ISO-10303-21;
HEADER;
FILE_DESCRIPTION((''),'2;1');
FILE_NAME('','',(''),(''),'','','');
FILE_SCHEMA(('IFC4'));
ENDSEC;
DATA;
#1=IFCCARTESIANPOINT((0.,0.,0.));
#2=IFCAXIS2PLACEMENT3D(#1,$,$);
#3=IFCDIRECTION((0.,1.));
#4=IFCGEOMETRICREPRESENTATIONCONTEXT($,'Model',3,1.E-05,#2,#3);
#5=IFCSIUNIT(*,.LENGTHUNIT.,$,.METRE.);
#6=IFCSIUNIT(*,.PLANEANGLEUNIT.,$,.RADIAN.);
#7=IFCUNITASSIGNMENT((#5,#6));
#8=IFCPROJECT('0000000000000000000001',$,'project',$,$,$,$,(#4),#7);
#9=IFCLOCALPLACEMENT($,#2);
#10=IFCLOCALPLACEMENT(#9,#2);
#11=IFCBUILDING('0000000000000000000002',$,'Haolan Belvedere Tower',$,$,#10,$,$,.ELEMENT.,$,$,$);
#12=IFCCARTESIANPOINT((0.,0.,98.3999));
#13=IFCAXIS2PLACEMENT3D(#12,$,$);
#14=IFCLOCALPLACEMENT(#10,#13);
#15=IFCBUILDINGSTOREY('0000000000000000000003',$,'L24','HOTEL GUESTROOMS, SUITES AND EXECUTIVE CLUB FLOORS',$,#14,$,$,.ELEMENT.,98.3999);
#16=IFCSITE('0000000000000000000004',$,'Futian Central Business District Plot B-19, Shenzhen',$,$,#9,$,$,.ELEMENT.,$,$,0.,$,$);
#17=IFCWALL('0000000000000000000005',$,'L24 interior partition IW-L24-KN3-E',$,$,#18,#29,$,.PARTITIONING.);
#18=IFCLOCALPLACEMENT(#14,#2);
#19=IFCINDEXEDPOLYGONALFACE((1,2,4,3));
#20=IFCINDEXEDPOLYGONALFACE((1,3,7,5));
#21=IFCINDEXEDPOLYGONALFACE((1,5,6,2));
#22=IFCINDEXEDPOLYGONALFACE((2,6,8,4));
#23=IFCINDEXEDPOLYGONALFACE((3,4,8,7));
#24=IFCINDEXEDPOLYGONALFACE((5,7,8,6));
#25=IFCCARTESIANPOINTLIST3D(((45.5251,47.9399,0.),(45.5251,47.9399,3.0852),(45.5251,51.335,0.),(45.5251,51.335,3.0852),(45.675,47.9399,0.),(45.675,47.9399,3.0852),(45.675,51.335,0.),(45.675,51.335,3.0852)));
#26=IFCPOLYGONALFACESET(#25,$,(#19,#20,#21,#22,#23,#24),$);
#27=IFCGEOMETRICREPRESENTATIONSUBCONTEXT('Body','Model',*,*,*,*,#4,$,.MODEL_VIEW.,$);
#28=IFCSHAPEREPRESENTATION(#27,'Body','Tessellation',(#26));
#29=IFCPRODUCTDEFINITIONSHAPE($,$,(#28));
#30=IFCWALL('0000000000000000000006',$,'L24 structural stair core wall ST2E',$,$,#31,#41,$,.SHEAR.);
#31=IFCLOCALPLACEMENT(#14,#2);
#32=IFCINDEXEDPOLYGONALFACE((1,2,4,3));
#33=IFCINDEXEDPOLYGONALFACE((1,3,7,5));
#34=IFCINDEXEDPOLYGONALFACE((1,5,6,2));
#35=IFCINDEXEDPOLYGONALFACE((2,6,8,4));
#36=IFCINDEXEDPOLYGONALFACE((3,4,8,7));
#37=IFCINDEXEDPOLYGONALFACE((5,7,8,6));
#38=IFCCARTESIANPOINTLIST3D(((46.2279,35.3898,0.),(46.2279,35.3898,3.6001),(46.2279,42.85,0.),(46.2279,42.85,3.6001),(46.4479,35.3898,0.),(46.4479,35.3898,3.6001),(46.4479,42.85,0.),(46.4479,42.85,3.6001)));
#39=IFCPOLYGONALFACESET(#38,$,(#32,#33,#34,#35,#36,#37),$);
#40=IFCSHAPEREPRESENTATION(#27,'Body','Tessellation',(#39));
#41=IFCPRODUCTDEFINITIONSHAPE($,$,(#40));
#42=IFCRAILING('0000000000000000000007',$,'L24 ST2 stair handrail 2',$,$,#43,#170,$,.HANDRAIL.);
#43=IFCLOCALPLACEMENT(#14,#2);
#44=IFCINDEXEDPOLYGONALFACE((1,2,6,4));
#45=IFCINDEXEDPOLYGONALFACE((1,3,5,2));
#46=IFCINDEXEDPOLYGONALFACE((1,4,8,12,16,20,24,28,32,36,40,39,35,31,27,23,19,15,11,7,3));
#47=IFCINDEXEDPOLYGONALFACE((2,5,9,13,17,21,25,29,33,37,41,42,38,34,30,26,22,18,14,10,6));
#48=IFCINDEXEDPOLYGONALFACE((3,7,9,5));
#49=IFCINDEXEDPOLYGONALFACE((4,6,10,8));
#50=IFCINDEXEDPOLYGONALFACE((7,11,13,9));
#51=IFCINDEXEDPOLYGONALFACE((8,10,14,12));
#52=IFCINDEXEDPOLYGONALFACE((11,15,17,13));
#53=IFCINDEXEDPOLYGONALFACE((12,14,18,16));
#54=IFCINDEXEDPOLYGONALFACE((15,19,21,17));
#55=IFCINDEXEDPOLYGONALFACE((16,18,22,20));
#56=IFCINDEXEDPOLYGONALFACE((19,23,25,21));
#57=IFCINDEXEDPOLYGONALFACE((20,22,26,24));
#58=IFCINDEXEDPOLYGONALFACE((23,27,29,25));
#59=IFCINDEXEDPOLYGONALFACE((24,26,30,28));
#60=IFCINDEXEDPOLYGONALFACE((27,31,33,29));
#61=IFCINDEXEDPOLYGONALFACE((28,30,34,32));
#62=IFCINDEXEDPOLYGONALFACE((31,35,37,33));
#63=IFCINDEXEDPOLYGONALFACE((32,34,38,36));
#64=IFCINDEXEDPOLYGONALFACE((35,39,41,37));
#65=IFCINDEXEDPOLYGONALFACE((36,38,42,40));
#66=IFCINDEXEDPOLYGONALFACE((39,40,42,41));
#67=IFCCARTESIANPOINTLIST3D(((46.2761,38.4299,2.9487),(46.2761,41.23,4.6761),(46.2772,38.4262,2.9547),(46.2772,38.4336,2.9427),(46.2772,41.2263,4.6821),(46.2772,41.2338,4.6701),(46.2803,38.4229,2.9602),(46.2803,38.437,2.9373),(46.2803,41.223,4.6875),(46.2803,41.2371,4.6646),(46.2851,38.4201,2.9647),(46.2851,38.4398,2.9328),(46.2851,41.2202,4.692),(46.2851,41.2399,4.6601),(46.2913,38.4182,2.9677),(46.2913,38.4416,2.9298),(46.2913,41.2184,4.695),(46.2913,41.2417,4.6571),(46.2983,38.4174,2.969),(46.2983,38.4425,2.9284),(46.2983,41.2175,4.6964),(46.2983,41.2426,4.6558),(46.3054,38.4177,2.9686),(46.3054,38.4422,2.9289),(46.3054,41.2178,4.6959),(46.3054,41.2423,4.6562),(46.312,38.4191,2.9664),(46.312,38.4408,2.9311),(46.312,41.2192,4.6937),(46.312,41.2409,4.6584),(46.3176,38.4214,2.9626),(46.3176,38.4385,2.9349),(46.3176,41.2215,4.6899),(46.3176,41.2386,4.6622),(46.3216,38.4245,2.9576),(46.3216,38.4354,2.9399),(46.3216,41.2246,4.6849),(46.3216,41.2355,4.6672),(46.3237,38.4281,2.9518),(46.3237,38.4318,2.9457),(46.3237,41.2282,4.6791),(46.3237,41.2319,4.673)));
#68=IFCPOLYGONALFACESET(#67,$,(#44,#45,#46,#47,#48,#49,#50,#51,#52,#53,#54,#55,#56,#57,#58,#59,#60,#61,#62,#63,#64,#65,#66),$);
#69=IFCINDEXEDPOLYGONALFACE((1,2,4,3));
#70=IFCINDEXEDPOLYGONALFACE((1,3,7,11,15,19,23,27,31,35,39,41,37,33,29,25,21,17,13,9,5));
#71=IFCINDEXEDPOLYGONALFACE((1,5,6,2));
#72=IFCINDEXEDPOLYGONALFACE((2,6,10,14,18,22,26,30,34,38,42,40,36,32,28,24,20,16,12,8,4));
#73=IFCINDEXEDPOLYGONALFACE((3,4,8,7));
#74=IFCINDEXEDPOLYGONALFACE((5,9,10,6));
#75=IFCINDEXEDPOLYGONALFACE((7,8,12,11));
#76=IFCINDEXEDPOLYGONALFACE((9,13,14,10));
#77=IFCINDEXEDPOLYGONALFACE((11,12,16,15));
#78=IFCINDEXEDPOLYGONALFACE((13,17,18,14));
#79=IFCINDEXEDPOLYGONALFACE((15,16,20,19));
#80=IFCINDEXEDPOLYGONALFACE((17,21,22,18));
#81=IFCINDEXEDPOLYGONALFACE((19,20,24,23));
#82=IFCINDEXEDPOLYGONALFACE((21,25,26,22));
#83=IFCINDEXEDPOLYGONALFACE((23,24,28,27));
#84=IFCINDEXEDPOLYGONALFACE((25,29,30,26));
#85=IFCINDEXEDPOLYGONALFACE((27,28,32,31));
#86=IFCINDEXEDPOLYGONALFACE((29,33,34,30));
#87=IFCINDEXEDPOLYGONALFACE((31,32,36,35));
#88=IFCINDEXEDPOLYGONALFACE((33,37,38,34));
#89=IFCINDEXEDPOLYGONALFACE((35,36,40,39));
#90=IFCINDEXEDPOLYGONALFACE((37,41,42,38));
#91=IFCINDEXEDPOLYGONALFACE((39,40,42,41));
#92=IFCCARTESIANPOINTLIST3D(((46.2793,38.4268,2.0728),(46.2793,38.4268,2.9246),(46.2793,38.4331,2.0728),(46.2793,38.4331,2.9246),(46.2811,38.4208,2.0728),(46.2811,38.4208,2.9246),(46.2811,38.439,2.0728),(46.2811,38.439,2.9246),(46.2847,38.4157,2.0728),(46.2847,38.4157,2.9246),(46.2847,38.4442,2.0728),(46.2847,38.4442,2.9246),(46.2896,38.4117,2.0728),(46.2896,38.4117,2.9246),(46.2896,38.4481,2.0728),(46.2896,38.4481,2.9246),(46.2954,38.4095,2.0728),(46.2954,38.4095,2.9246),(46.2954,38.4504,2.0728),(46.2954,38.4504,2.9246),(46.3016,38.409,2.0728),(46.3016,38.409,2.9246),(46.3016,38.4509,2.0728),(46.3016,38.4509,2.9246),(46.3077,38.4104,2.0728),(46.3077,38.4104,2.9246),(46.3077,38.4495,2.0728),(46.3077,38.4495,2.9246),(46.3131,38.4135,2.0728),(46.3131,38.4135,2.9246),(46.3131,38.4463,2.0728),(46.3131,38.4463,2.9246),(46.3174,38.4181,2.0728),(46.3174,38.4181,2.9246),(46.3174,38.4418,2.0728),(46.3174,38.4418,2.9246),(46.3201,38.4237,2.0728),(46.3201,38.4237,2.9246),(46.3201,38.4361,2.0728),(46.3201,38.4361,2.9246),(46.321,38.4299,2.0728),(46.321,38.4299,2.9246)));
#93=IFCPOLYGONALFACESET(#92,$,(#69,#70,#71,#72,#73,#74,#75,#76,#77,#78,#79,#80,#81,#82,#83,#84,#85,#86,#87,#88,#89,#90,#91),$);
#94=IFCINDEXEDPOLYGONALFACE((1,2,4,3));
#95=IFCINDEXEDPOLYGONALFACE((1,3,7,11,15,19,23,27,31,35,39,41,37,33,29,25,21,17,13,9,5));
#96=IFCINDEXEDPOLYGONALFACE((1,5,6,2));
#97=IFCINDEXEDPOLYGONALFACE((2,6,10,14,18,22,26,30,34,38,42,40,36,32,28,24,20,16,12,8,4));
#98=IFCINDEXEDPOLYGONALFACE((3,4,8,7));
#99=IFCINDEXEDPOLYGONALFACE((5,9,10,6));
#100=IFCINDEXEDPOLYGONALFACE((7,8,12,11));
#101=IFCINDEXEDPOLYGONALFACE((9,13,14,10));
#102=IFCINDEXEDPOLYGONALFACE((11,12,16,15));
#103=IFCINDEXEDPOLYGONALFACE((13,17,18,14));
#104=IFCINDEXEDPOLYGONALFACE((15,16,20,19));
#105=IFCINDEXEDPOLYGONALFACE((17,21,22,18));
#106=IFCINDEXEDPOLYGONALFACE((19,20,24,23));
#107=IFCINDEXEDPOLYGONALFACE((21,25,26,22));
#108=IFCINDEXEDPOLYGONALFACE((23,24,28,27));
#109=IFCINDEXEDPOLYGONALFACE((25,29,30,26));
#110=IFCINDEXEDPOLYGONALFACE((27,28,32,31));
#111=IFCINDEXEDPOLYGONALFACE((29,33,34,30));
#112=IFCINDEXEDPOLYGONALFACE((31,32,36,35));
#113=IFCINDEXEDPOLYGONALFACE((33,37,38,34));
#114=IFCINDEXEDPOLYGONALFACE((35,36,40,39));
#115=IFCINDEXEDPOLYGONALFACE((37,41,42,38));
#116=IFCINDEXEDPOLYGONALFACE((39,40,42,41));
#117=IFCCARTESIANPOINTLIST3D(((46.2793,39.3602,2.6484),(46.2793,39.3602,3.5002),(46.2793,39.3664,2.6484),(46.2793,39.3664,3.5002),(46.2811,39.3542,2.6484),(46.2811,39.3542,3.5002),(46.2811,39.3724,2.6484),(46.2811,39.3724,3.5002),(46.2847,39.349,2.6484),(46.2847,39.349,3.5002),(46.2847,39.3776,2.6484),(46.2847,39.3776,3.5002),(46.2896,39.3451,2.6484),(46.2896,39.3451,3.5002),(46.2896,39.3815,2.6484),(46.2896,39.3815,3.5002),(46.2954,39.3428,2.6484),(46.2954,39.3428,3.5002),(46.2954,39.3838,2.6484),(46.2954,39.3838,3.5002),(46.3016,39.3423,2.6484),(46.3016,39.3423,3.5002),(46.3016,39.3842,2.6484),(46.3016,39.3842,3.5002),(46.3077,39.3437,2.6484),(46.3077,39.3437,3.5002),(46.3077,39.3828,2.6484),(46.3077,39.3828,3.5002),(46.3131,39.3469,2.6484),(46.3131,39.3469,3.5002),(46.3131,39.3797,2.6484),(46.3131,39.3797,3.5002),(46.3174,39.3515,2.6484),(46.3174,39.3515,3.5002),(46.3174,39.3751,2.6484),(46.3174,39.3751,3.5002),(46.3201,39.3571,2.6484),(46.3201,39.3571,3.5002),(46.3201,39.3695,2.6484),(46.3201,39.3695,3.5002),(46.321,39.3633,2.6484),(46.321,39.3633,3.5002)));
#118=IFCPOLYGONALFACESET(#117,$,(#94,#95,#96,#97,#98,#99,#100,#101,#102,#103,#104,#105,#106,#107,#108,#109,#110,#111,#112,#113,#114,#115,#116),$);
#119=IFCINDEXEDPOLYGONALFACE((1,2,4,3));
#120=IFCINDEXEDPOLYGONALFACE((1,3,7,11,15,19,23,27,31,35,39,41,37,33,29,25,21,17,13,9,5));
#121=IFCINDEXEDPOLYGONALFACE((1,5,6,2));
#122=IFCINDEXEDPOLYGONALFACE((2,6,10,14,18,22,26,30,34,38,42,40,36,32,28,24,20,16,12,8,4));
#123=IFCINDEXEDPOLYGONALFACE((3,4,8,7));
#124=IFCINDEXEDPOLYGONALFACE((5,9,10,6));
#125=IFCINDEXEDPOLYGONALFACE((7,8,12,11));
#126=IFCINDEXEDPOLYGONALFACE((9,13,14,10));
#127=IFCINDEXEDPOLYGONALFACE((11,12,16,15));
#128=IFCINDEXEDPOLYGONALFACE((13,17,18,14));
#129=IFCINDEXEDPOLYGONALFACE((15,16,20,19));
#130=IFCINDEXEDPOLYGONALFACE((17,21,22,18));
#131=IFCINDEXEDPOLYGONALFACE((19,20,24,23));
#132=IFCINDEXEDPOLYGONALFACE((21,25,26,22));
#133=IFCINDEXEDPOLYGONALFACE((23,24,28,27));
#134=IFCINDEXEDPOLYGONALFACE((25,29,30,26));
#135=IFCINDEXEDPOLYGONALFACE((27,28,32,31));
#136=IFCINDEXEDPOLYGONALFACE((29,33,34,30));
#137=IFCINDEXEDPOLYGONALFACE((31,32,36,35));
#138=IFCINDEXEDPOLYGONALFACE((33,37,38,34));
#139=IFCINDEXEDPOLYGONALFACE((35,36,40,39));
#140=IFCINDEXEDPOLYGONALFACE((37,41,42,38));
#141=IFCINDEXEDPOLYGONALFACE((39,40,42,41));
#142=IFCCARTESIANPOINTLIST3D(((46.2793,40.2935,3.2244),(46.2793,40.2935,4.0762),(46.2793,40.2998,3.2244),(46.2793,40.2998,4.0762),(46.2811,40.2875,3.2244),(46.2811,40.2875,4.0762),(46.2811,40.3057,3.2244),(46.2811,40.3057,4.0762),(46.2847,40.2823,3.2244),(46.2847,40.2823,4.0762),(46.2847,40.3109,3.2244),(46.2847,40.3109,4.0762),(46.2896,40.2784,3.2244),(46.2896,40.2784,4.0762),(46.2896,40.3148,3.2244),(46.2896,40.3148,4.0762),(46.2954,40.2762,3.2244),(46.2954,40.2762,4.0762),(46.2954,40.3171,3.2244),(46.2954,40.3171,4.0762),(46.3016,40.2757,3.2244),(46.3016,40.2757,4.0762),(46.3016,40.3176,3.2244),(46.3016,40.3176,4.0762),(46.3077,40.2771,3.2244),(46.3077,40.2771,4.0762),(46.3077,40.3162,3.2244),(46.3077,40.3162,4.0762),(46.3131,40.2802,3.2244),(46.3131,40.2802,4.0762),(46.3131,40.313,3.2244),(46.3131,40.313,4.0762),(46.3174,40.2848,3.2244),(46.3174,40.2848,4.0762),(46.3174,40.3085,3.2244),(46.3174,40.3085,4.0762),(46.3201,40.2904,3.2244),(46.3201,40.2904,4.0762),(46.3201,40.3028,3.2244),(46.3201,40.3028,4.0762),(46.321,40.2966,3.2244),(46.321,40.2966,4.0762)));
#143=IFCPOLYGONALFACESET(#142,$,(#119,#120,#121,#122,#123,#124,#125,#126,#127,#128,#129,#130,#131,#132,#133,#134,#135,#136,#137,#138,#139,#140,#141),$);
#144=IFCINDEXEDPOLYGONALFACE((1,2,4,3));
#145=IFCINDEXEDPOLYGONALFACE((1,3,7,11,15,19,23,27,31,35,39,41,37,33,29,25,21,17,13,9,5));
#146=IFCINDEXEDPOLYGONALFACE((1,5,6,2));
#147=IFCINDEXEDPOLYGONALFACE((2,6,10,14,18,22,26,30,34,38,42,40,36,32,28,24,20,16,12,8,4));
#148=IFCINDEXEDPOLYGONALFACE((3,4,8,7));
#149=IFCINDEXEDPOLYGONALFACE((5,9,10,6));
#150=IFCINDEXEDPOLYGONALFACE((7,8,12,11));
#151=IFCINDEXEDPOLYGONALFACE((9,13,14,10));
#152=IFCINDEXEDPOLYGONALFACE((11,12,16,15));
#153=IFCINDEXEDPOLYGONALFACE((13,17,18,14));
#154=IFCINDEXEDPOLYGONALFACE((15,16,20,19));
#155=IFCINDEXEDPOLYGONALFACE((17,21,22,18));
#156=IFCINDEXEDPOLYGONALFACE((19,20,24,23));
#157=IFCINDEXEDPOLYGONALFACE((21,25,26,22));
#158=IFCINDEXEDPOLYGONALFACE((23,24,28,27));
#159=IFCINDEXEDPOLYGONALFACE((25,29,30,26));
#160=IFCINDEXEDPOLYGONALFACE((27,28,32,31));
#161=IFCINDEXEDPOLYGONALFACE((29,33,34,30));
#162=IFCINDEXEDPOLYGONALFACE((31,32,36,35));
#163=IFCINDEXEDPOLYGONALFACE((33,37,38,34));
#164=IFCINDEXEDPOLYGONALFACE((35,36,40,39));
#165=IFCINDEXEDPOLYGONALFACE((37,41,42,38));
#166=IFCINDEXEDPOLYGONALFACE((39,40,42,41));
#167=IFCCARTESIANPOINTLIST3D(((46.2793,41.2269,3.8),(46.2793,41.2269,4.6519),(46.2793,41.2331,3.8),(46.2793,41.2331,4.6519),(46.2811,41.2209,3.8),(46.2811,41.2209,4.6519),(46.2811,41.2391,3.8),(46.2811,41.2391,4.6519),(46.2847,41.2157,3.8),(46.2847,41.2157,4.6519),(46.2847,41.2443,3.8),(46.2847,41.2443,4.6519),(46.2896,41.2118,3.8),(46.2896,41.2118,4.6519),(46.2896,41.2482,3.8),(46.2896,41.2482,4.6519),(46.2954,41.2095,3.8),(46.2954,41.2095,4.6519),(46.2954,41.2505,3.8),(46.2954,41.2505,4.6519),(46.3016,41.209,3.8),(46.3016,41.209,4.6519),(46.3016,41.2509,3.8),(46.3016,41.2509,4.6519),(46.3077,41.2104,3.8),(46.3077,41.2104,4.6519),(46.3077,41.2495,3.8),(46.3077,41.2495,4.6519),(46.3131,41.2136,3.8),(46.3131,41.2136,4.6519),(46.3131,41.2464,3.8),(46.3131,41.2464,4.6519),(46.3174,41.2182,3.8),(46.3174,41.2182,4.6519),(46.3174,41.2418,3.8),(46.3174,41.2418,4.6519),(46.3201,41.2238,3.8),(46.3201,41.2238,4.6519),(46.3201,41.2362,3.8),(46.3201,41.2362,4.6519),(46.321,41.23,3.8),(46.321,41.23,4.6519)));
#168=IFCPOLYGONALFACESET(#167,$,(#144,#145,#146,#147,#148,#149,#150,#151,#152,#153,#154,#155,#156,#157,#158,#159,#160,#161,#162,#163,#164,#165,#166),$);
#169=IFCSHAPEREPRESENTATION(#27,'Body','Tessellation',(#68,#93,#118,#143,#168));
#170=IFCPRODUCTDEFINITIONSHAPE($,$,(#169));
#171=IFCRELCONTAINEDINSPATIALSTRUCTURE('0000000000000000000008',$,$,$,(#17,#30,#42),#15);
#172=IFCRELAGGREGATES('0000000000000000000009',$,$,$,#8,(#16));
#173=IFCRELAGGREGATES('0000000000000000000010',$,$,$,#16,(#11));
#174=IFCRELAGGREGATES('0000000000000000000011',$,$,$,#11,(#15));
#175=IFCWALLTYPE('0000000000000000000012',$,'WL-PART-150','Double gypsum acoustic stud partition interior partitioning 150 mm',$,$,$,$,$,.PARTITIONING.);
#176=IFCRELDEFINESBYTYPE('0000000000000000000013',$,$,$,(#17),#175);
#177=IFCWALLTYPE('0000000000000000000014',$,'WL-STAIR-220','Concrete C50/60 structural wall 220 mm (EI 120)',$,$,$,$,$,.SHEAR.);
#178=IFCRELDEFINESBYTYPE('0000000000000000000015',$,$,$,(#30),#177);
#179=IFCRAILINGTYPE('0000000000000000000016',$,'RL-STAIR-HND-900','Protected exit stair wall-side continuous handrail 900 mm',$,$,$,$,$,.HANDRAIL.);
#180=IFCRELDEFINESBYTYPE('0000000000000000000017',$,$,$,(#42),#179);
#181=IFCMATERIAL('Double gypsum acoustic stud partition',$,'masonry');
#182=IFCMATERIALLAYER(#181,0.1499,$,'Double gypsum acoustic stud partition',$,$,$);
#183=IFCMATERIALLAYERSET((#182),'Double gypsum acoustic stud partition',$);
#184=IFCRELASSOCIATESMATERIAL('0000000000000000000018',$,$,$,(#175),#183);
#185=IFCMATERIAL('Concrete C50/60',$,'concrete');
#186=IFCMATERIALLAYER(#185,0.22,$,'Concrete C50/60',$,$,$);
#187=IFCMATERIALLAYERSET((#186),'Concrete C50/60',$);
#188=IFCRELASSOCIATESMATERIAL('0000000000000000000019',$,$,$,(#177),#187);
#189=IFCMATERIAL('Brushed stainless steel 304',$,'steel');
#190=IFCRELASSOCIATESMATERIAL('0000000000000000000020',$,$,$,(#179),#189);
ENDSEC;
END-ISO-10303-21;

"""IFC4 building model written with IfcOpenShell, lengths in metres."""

from ifc_helpers import new_model, si_unit, direction, frame, frame_2d, origin, origin_2d, place, context, subcontext, project, spatial, rectangle, circle, extrude, material, layer, layer_set, type_object, element, save


model = new_model("IFC4")

# Units and contexts
model_context = context("Model", 3, precision=1e-05, world=origin(), true_north=direction((0.0, 1.0)))
body_context = subcontext(model_context, "Body", "Model", "MODEL_VIEW")
ifc_project = project(units=[si_unit("LENGTHUNIT", "METRE"), si_unit("PLANEANGLEUNIT", "RADIAN")], contexts=[model_context])

# Site, building, storey
site_placement = place(None, origin())
site = spatial("IfcSite", under=ifc_project, at=site_placement, Name="Futian Central Business District Plot B-19, Shenzhen", CompositionType="ELEMENT", RefElevation=0.0)
building_placement = place(site_placement, origin())
building = spatial("IfcBuilding", under=site, at=building_placement, Name="Haolan Belvedere Tower", CompositionType="ELEMENT")
storey_placement = place(building_placement, frame((0.0, 0.0, 98.3999)))
storey = spatial("IfcBuildingStorey", under=building, at=storey_placement, Name="L24", Description="HOTEL GUESTROOMS, SUITES AND EXECUTIVE CLUB FLOORS", CompositionType="ELEMENT", Elevation=98.3999)

# Shared definitions
ifc_material_1 = material(Name="Double gypsum acoustic stud partition", Category="masonry")
ifc_layer_1 = layer(ifc_material_1, 0.1499, Name="Double gypsum acoustic stud partition")
ifc_layer_set_1 = layer_set([ifc_layer_1], Name="Double gypsum acoustic stud partition")
wall_type_1 = type_object("IfcWallType", Name="WL-PART-150", Description="Double gypsum acoustic stud partition interior partitioning 150 mm", PredefinedType="PARTITIONING", material=ifc_layer_set_1)

# Walls
wall_1_placement = place(storey_placement, frame((45.6001, 47.9399, 0.0), z_axis=(0.0, 0.0, 1.0), x_axis=(0.0, 1.0, 0.0)))
element("IfcWall", 1, at=wall_1_placement, inside=storey, type_object=wall_type_1, Name="L24 interior partition IW-L24-KN3-E", PredefinedType="PARTITIONING", context=body_context, shape_type="SweptSolid", body=[
    extrude(rectangle(XDim=3.395, YDim=0.1499, at=frame_2d((1.6975, 0.0))), origin(), (0.0, 0.0, 1.0), 3.0852),
])
ifc_material_2 = material(Name="Concrete C50/60", Category="concrete")
ifc_layer_2 = layer(ifc_material_2, 0.22, Name="Concrete C50/60")
ifc_layer_set_2 = layer_set([ifc_layer_2], Name="Concrete C50/60")
wall_type_2 = type_object("IfcWallType", Name="WL-STAIR-220", Description="Concrete C50/60 structural wall 220 mm (EI 120)", PredefinedType="SHEAR", material=ifc_layer_set_2)
wall_2_placement = place(storey_placement, frame((46.3379, 35.3899, 0.0), z_axis=(0.0, 0.0, 1.0), x_axis=(0.0, 1.0, 0.0)))
element("IfcWall", 2, at=wall_2_placement, inside=storey, type_object=wall_type_2, Name="L24 structural stair core wall ST2E", PredefinedType="SHEAR", context=body_context, shape_type="SweptSolid", body=[
    extrude(rectangle(XDim=7.4602, YDim=0.22, at=frame_2d((3.73, 0.0))), origin(), (0.0, 0.0, 1.0), 3.6001),
])

# Railing
ifc_material_3 = material(Name="Brushed stainless steel 304", Category="steel")
railing_type = type_object("IfcRailingType", Name="RL-STAIR-HND-900", Description="Protected exit stair wall-side continuous handrail 900 mm", PredefinedType="HANDRAIL", material=ifc_material_3)
railing_placement = place(storey_placement, frame((46.3, 38.4299, 2.0728)))
element("IfcRailing", 3, at=railing_placement, inside=storey, type_object=railing_type, Name="L24 ST2 stair handrail 2", PredefinedType="HANDRAIL", context=body_context, shape_type="SweptSolid", body=[
    extrude(circle(Radius=0.0239, at=origin_2d()), frame((0.0, 0.0, 0.876), z_axis=(0.0, 0.85109, 0.52502), x_axis=(-1.0, 0.0, 0.0)), (0.0, 0.0, 1.0), 3.29),
    extrude(circle(Radius=0.021, at=origin_2d()), origin(), (0.0, 0.0, 1.0), 0.8518),
    extrude(circle(Radius=0.021, at=origin_2d()), frame((0.0, 0.9333, 0.5757)), (0.0, 0.0, 1.0), 0.8518),
    extrude(circle(Radius=0.021, at=origin_2d()), frame((0.0, 1.8667, 1.1516)), (0.0, 0.0, 1.0), 0.8518),
    extrude(circle(Radius=0.021, at=origin_2d()), frame((0.0, 2.8, 1.7273)), (0.0, 0.0, 1.0), 0.8518),
])

save(model, "model.ifc")
